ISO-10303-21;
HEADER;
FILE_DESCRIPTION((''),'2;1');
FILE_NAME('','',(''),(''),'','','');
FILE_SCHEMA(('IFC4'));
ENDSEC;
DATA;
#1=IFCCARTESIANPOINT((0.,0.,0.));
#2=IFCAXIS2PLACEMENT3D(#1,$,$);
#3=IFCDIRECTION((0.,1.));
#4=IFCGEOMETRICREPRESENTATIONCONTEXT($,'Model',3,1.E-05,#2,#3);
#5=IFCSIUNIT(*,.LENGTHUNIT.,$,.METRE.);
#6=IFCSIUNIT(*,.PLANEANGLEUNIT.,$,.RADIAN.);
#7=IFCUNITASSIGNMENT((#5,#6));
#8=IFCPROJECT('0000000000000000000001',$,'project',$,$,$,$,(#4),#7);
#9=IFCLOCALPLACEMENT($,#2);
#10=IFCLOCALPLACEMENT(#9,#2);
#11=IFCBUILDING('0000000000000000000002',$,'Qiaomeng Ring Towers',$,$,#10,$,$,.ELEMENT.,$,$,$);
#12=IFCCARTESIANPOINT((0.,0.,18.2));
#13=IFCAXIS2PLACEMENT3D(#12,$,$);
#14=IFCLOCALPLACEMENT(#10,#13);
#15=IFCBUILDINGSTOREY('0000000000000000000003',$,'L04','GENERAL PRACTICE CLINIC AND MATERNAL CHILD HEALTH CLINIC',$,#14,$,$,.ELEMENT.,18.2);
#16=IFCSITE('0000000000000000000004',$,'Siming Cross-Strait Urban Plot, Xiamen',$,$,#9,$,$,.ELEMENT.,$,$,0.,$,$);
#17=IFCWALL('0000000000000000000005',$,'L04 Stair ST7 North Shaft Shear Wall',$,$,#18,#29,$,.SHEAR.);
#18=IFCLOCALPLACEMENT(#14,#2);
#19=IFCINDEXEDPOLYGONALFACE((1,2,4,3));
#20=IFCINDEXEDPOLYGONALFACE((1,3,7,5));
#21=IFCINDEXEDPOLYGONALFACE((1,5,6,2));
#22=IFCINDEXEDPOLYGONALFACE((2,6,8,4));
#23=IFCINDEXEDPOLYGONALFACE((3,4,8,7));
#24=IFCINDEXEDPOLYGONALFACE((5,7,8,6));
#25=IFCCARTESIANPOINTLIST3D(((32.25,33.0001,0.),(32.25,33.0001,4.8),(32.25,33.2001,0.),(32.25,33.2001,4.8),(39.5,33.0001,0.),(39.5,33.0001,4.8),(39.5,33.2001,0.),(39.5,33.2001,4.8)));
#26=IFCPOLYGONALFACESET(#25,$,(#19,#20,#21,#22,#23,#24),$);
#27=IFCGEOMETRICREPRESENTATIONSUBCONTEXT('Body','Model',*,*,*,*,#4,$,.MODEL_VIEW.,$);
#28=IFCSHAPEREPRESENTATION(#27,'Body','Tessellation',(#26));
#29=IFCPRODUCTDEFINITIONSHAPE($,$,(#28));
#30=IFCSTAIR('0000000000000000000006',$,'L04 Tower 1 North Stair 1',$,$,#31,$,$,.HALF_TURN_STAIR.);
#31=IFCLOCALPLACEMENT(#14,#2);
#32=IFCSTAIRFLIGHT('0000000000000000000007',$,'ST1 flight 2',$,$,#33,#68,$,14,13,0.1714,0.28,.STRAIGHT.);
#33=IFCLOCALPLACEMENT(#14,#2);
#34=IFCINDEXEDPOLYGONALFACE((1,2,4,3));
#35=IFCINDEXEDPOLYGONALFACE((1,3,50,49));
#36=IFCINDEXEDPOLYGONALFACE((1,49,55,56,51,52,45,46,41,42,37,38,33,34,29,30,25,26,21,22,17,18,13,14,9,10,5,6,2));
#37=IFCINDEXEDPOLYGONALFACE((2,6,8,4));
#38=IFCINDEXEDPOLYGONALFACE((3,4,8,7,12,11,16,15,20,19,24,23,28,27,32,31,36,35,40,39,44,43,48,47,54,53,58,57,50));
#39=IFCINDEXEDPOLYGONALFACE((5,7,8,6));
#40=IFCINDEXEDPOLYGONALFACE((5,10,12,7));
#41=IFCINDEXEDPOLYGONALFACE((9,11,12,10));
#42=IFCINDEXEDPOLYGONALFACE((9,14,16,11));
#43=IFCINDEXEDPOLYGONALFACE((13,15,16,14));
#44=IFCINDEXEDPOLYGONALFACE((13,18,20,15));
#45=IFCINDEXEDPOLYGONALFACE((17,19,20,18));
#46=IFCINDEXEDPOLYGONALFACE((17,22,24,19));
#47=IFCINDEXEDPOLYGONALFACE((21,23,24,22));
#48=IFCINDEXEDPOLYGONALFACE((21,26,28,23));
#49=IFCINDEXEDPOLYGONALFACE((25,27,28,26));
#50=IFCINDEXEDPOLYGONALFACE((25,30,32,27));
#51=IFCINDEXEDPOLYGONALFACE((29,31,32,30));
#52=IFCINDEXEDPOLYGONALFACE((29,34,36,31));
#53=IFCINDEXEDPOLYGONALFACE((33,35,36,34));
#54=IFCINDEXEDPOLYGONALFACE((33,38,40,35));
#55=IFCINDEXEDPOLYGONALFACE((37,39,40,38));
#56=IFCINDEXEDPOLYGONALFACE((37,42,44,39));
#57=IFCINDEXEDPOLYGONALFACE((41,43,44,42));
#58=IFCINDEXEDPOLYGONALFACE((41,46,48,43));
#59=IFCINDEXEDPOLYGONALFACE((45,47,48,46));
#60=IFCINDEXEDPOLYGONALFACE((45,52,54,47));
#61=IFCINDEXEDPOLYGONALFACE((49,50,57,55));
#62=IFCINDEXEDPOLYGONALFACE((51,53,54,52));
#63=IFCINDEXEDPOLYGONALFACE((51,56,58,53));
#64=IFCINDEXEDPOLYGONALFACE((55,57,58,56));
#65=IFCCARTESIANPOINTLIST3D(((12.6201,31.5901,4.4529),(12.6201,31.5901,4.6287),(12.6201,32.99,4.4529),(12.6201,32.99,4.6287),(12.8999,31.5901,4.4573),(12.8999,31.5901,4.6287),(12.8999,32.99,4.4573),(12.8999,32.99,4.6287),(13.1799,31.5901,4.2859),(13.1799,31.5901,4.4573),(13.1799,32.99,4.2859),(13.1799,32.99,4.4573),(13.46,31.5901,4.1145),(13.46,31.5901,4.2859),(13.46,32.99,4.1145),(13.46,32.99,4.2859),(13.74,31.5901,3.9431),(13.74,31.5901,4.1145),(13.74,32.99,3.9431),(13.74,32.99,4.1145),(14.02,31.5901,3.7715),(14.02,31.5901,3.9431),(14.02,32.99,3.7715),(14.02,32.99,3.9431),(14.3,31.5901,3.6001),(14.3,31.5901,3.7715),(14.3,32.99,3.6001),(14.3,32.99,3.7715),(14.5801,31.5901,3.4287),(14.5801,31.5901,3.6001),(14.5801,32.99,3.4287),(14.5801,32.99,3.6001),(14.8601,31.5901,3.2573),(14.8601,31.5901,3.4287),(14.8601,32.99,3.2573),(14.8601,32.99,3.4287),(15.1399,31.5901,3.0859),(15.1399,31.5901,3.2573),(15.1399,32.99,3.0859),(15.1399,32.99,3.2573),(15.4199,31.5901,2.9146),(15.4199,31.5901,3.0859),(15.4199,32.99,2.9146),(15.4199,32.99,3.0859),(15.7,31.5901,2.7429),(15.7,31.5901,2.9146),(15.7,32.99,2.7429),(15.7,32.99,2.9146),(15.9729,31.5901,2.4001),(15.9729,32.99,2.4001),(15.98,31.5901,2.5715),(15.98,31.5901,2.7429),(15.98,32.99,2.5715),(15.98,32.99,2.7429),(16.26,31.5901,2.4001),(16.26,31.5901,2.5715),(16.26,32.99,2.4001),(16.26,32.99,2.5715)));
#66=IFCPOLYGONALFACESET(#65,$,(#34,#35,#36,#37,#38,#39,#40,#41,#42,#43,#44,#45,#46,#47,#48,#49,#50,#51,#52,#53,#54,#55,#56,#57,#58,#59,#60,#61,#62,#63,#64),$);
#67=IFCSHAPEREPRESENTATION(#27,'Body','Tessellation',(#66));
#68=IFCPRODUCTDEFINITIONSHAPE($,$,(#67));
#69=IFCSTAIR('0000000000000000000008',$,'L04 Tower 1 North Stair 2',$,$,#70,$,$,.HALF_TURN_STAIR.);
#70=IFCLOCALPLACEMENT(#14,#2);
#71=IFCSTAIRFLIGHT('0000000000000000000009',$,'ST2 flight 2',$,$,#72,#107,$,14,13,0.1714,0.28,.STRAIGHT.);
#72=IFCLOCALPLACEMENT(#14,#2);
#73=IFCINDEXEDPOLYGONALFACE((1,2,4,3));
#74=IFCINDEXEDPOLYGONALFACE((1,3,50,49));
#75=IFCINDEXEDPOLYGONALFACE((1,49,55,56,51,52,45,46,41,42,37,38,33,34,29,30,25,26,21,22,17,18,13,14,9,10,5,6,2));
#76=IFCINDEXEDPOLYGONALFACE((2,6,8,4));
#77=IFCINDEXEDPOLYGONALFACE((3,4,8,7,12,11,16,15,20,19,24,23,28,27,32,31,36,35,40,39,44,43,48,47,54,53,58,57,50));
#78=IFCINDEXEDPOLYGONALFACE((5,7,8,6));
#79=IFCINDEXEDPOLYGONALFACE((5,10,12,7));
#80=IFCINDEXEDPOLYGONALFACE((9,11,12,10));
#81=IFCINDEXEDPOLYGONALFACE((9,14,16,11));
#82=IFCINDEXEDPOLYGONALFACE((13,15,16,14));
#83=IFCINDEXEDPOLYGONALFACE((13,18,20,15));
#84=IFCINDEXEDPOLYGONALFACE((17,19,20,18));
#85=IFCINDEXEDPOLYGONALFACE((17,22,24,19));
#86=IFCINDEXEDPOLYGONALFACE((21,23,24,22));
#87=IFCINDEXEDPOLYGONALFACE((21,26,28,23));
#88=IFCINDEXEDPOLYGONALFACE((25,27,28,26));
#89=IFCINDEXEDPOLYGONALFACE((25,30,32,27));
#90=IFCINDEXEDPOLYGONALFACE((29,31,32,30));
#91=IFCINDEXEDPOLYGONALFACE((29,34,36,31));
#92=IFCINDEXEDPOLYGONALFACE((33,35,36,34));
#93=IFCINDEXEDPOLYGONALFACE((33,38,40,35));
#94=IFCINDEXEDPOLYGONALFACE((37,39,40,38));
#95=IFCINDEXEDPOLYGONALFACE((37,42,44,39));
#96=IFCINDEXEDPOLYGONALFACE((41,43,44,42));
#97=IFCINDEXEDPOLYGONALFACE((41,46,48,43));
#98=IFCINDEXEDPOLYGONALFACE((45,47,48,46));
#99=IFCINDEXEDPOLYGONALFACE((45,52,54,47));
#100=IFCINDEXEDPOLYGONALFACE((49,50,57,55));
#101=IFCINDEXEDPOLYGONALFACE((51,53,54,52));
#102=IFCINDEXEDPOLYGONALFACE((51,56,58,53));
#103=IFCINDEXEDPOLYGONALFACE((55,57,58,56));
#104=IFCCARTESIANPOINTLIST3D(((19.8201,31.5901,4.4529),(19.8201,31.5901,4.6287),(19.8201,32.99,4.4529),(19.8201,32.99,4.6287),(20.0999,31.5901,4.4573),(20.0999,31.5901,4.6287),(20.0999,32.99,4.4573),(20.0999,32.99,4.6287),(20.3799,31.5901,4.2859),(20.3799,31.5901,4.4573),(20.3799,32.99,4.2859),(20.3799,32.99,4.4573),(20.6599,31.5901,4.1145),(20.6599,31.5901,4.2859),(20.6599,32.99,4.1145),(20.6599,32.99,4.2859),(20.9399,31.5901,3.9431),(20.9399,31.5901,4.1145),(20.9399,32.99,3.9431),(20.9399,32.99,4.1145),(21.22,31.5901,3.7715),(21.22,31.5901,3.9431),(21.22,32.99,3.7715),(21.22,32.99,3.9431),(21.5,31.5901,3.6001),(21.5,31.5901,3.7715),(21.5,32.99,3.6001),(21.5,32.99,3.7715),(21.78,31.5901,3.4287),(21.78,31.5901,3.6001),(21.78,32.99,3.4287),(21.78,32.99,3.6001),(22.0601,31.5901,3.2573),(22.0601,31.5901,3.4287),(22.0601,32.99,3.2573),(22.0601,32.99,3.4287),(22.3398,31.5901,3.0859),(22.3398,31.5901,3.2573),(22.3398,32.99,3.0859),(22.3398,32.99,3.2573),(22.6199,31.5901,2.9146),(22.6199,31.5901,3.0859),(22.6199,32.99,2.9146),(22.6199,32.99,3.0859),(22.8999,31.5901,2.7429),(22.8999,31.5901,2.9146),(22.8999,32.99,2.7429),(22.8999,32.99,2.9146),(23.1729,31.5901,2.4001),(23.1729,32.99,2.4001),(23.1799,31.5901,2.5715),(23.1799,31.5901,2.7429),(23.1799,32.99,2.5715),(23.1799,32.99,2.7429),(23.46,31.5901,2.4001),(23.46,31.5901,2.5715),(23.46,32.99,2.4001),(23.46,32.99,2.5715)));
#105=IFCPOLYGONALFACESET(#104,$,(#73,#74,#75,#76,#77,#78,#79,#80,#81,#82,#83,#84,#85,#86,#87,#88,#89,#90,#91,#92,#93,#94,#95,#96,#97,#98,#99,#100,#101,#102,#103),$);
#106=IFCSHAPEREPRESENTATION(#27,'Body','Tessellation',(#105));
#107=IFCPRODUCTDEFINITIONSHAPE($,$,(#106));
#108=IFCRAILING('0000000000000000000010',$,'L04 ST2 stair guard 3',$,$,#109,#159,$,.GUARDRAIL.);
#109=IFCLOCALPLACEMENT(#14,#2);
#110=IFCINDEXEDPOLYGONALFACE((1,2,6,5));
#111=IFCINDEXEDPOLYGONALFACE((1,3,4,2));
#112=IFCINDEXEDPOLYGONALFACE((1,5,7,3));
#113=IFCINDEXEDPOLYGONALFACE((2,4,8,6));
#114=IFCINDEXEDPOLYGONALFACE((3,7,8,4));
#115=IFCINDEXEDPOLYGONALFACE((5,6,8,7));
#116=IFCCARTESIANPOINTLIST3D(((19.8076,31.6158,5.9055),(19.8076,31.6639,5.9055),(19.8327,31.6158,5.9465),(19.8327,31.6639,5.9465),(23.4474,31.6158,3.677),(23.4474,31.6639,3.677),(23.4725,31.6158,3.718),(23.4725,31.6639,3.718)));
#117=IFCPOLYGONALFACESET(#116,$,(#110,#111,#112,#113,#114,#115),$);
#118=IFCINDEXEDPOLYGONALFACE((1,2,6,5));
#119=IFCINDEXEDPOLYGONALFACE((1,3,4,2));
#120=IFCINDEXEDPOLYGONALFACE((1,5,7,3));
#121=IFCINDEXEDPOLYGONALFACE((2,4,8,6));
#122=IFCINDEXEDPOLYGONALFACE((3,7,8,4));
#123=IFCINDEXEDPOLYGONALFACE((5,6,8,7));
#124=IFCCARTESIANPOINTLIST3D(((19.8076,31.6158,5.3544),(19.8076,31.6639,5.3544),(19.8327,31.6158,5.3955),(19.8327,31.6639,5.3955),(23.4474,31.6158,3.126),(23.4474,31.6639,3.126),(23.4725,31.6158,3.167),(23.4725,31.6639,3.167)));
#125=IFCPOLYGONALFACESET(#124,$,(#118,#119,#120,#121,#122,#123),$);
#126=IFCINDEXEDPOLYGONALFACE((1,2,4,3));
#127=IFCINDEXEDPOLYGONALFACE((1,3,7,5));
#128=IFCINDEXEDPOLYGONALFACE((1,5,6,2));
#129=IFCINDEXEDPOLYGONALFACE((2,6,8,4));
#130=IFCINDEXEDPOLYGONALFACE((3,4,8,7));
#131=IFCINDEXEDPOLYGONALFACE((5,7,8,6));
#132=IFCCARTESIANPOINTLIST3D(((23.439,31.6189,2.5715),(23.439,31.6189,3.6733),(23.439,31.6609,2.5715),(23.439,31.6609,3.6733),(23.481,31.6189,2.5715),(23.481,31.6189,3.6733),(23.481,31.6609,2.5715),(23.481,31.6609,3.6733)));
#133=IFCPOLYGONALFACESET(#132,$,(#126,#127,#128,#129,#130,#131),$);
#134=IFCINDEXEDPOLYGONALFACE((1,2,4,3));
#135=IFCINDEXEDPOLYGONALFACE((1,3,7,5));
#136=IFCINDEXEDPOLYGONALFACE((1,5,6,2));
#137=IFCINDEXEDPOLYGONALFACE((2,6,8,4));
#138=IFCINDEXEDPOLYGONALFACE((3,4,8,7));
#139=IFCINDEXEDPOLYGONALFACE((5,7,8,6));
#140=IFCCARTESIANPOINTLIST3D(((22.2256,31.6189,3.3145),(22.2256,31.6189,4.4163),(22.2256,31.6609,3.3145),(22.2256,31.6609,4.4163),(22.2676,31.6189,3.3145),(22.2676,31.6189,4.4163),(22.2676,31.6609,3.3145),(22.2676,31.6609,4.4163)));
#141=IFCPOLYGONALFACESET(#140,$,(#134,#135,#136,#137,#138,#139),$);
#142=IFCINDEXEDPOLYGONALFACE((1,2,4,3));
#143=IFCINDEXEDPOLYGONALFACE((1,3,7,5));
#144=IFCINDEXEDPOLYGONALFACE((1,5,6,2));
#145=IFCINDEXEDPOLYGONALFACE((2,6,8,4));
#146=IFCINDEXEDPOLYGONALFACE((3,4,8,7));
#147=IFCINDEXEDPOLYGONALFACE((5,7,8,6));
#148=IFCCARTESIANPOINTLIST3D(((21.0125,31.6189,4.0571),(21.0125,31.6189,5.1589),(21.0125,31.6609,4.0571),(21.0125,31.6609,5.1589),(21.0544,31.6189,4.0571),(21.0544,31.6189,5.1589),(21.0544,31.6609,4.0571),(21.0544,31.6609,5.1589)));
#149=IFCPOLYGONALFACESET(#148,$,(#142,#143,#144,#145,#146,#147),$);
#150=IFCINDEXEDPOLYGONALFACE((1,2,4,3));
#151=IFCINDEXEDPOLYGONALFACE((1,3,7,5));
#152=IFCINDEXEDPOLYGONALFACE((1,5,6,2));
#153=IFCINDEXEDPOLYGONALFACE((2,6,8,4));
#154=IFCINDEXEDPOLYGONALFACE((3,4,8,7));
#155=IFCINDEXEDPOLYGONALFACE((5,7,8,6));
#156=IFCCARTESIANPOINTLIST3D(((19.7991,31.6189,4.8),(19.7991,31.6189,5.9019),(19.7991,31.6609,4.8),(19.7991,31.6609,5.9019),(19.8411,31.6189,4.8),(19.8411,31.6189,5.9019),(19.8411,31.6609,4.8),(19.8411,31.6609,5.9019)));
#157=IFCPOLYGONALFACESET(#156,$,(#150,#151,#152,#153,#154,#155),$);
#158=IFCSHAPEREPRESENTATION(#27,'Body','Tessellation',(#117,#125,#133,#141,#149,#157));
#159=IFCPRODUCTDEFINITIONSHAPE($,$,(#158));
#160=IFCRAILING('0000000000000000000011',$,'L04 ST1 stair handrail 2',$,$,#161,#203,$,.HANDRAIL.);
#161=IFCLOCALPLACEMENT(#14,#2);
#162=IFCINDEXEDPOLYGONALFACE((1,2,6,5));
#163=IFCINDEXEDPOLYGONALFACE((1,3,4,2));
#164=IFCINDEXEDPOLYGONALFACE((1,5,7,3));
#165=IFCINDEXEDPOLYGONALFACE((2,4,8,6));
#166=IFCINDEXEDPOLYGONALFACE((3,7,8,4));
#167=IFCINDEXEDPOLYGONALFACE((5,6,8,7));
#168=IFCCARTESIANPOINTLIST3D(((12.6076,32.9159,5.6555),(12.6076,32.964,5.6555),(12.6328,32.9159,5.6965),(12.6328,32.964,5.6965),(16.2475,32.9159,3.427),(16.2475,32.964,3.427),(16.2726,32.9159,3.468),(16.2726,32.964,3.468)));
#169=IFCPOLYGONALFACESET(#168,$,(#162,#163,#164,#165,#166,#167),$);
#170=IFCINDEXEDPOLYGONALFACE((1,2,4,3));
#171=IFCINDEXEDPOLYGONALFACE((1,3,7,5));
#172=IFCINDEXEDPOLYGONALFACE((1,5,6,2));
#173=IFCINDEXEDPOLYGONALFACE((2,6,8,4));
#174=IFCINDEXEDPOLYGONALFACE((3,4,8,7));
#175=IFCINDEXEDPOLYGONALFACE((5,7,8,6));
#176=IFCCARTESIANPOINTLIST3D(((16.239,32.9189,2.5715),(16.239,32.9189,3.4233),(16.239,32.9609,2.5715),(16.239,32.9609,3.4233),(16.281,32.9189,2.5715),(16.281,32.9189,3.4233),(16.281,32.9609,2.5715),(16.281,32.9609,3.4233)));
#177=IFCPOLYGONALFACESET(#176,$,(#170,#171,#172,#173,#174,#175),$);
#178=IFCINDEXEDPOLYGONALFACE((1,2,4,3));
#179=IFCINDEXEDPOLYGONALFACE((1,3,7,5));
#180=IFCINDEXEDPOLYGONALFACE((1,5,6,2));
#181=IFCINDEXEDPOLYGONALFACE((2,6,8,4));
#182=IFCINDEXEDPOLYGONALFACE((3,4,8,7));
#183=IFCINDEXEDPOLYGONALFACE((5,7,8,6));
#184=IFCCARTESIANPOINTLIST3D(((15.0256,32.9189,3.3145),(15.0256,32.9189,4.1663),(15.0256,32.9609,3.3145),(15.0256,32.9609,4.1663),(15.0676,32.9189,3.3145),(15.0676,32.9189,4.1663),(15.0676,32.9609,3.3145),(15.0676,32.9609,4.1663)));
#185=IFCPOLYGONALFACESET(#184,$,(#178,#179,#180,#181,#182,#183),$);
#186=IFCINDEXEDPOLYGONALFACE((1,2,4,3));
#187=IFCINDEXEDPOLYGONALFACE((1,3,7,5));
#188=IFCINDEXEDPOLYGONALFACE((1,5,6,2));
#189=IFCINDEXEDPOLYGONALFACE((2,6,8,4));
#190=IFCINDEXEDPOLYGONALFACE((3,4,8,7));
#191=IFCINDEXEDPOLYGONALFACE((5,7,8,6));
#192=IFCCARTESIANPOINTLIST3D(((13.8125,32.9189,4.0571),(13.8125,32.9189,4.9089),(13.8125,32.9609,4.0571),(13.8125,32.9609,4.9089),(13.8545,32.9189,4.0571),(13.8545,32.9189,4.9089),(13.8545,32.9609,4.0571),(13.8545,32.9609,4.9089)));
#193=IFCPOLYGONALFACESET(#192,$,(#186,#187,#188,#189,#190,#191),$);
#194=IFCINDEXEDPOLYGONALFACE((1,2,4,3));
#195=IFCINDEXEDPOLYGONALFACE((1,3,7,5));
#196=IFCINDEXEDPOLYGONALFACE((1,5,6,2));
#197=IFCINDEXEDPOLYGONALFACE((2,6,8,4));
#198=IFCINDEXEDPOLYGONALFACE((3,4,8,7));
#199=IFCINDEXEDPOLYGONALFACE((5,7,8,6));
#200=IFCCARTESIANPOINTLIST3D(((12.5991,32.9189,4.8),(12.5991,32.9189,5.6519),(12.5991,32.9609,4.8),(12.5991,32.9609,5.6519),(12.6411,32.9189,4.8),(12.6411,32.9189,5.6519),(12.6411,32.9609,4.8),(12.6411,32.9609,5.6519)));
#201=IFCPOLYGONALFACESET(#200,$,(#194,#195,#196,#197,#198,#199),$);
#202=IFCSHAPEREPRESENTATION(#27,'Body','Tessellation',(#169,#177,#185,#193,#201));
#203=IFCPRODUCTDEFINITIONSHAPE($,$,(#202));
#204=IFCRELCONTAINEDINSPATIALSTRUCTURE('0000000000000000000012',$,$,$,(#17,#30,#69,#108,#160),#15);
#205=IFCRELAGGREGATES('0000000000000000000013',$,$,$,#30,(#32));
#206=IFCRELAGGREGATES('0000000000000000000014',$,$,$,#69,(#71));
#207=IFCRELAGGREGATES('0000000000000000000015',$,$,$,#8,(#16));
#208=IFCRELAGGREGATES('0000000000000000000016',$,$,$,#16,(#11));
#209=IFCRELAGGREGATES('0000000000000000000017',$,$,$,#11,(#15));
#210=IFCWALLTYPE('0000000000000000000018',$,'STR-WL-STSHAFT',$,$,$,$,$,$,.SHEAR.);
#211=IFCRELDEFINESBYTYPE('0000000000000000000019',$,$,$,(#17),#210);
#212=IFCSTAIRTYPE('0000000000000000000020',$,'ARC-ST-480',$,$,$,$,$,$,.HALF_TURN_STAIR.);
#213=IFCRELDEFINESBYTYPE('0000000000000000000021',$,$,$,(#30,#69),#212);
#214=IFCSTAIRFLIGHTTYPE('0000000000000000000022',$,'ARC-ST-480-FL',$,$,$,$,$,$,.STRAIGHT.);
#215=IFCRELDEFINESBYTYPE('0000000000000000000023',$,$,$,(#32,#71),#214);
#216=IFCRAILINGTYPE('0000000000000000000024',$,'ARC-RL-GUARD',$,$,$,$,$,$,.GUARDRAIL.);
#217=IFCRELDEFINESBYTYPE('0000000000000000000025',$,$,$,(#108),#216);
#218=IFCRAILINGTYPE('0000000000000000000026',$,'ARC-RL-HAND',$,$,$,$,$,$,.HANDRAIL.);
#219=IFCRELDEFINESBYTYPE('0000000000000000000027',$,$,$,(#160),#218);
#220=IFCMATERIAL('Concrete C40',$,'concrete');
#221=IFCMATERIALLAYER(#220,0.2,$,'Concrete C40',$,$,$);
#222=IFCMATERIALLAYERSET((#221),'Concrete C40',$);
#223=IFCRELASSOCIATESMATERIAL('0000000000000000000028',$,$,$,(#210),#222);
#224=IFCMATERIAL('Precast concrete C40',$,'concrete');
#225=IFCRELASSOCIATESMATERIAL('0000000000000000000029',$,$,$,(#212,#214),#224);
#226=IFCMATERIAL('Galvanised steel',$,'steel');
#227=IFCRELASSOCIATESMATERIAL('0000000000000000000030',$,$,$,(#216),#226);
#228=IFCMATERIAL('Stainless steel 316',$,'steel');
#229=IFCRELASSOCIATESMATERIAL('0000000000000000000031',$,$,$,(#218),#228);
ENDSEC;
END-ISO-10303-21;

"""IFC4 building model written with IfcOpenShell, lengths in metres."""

from ifc_helpers import new_model, si_unit, direction, frame, frame_2d, origin, origin_2d, place, context, subcontext, project, spatial, polyline, rectangle, outline, extrude, source, transform, mapped, material, layer, layer_set, type_object, element, aggregate, save


model = new_model("IFC4")

# Units and contexts
model_context = context("Model", 3, precision=1e-05, world=origin(), true_north=direction((0.0, 1.0)))
body_context = subcontext(model_context, "Body", "Model", "MODEL_VIEW")
ifc_project = project(units=[si_unit("LENGTHUNIT", "METRE"), si_unit("PLANEANGLEUNIT", "RADIAN")], contexts=[model_context])

# Site, building, storey
site_placement = place(None, origin())
site = spatial("IfcSite", under=ifc_project, at=site_placement, Name="Siming Cross-Strait Urban Plot, Xiamen", CompositionType="ELEMENT", RefElevation=0.0)
building_placement = place(site_placement, origin())
building = spatial("IfcBuilding", under=site, at=building_placement, Name="Qiaomeng Ring Towers", CompositionType="ELEMENT")
storey_placement = place(building_placement, frame((0.0, 0.0, 18.2)))
storey = spatial("IfcBuildingStorey", under=building, at=storey_placement, Name="L04", Description="GENERAL PRACTICE CLINIC AND MATERNAL CHILD HEALTH CLINIC", CompositionType="ELEMENT", Elevation=18.2)

# Shared definitions
ifc_material_1 = material(Name="Concrete C40", Category="concrete")

# Shared definitions
ifc_layer_1 = layer(ifc_material_1, 0.2, Name="Concrete C40")
ifc_layer_set_1 = layer_set([ifc_layer_1], Name="Concrete C40")
wall_type_1 = type_object("IfcWallType", Name="STR-WL-STSHAFT", PredefinedType="SHEAR", material=ifc_layer_set_1)

# Shared definitions
ifc_material_2 = material(Name="Galvanised steel", Category="steel")

# Wall
wall_1_placement = place(storey_placement, frame((32.25, 33.1001, 0.0), z_axis=(0.0, 0.0, 1.0), x_axis=(1.0, 0.0, 0.0)))
element("IfcWall", 1, at=wall_1_placement, inside=storey, type_object=wall_type_1, Name="L04 Stair ST7 North Shaft Shear Wall", PredefinedType="SHEAR", context=body_context, shape_type="SweptSolid", body=[
    extrude(rectangle(XDim=7.25, YDim=0.2, at=frame_2d((3.625, 0.0))), origin(), (0.0, 0.0, 1.0), 4.8),
])

# Stairs, stair flights
ifc_material_3 = material(Name="Precast concrete C40", Category="concrete")
stair_type = type_object("IfcStairType", Name="ARC-ST-480", PredefinedType="HALF_TURN_STAIR", material=ifc_material_3)
stair_1_placement = place(storey_placement, origin())
stair_1 = element("IfcStair", 2, at=stair_1_placement, inside=storey, type_object=stair_type, Name="L04 Tower 1 North Stair 1", PredefinedType="HALF_TURN_STAIR")
stair_flight_type = type_object("IfcStairFlightType", Name="ARC-ST-480-FL", PredefinedType="STRAIGHT", material=ifc_material_3)
shared_shape_1 = source(origin(), body_context, "Body", "SweptSolid", [
    extrude(outline(polyline([(0.0, 0.0), (0.0, 0.1714), (0.28, 0.1714), (0.28, 0.3428), (0.5601, 0.3428), (0.5601, 0.5144), (0.8401, 0.5144), (0.8401, 0.6858), (1.1201, 0.6858), (1.1201, 0.8572), (1.3999, 0.8572), (1.3999, 1.0286), (1.6799, 1.0286), (1.6799, 1.2), (1.96, 1.2), (1.96, 1.3713), (2.24, 1.3713), (2.24, 1.543), (2.52, 1.543), (2.52, 1.7144), (2.8, 1.7144), (2.8, 1.8857), (3.0801, 1.8857), (3.0801, 2.0571), (3.3601, 2.0571), (3.3601, 2.2285), (3.6399, 2.2285), (3.6399, 2.3999), (3.6399, 2.0527), (0.2871, 0.0), (0.0, 0.0)])), frame((0.0, 0.7, 0.0), z_axis=(0.0, -1.0, 0.0), x_axis=(1.0, 0.0, 0.0)), (0.0, 0.0, 1.0), 1.3999),
])
stair_flight_1_placement = place(storey_placement, frame((16.26, 32.29, 2.4001), z_axis=(0.0, 0.0, 1.0), x_axis=(-1.0, 0.0, 0.0)))
stair_flight_1 = element("IfcStairFlight", 3, at=stair_flight_1_placement, type_object=stair_flight_type, Name="ST1 flight 2", NumberOfRisers=14, NumberOfTreads=13, PredefinedType="STRAIGHT", RiserHeight=0.1714, TreadLength=0.28, context=body_context, shape_type="MappedRepresentation", body=[
    mapped(shared_shape_1, transform((0.0, 0.0, 0.0), x_axis=(1.0, 0.0, 0.0), y_axis=(0.0, 1.0, 0.0), z_axis=(0.0, 0.0, 1.0), scale=1.0)),
])
aggregate(stair_1, [stair_flight_1])
stair_2_placement = place(storey_placement, origin())
stair_2 = element("IfcStair", 4, at=stair_2_placement, inside=storey, type_object=stair_type, Name="L04 Tower 1 North Stair 2", PredefinedType="HALF_TURN_STAIR")
stair_flight_2_placement = place(storey_placement, frame((23.46, 32.29, 2.4001), z_axis=(0.0, 0.0, 1.0), x_axis=(-1.0, 0.0, 0.0)))
stair_flight_2 = element("IfcStairFlight", 5, at=stair_flight_2_placement, type_object=stair_flight_type, Name="ST2 flight 2", NumberOfRisers=14, NumberOfTreads=13, PredefinedType="STRAIGHT", RiserHeight=0.1714, TreadLength=0.28, context=body_context, shape_type="MappedRepresentation", body=[
    mapped(shared_shape_1, transform((0.0, 0.0, 0.0), x_axis=(1.0, 0.0, 0.0), y_axis=(0.0, 1.0, 0.0), z_axis=(0.0, 0.0, 1.0), scale=1.0)),
])
aggregate(stair_2, [stair_flight_2])

# Railings
railing_type_1 = type_object("IfcRailingType", Name="ARC-RL-GUARD", PredefinedType="GUARDRAIL", material=ifc_material_2)
railing_placement = place(storey_placement, frame((23.46, 31.6399, 2.5715)))
element("IfcRailing", 6, at=railing_placement, inside=storey, type_object=railing_type_1, Name="L04 ST2 stair guard 3", PredefinedType="GUARDRAIL", context=body_context, shape_type="SweptSolid", body=[
    extrude(rectangle(XDim=0.0481, YDim=0.0481, at=origin_2d()), frame((0.0, 0.0, 1.126), z_axis=(-0.85285, 0.0, 0.522156), x_axis=(0.0, -1.0, 0.0)), (0.0, 0.0, 1.0), 4.2678),
    extrude(rectangle(XDim=0.0481, YDim=0.0481, at=origin_2d()), frame((0.0, 0.0, 0.575), z_axis=(-0.85285, 0.0, 0.522156), x_axis=(0.0, -1.0, 0.0)), (0.0, 0.0, 1.0), 4.2678),
    extrude(rectangle(XDim=0.042, YDim=0.042, at=origin_2d()), origin(), (0.0, 0.0, 1.0), 1.1018),
    extrude(rectangle(XDim=0.042, YDim=0.042, at=origin_2d()), frame((-1.2134, 0.0, 0.7429)), (0.0, 0.0, 1.0), 1.1018),
    extrude(rectangle(XDim=0.042, YDim=0.042, at=origin_2d()), frame((-2.4265, 0.0, 1.4856)), (0.0, 0.0, 1.0), 1.1018),
    extrude(rectangle(XDim=0.042, YDim=0.042, at=origin_2d()), frame((-3.6399, 0.0, 2.2285)), (0.0, 0.0, 1.0), 1.1018),
])
ifc_material_4 = material(Name="Stainless steel 316", Category="steel")
railing_type_2 = type_object("IfcRailingType", Name="ARC-RL-HAND", PredefinedType="HANDRAIL", material=ifc_material_4)
for number, where, name in (
    (7, (16.26, 32.9399, 2.5715), "L04 ST1 stair handrail 2"),
):
    element("IfcRailing", number, at=place(storey_placement, frame(where)), inside=storey, type_object=railing_type_2, Name=name, PredefinedType="HANDRAIL", context=body_context, shape_type="SweptSolid", body=[
        extrude(rectangle(XDim=0.0481, YDim=0.0481, at=origin_2d()), frame((0.0, 0.0, 0.876), z_axis=(-0.85285, 0.0, 0.522156), x_axis=(0.0, -1.0, 0.0)), (0.0, 0.0, 1.0), 4.2678),
        extrude(rectangle(XDim=0.042, YDim=0.042, at=origin_2d()), origin(), (0.0, 0.0, 1.0), 0.8518),
        extrude(rectangle(XDim=0.042, YDim=0.042, at=origin_2d()), frame((-1.2134, 0.0, 0.7429)), (0.0, 0.0, 1.0), 0.8518),
        extrude(rectangle(XDim=0.042, YDim=0.042, at=origin_2d()), frame((-2.4265, 0.0, 1.4856)), (0.0, 0.0, 1.0), 0.8518),
        extrude(rectangle(XDim=0.042, YDim=0.042, at=origin_2d()), frame((-3.6399, 0.0, 2.2285)), (0.0, 0.0, 1.0), 0.8518),
    ])

save(model, "model.ifc")
